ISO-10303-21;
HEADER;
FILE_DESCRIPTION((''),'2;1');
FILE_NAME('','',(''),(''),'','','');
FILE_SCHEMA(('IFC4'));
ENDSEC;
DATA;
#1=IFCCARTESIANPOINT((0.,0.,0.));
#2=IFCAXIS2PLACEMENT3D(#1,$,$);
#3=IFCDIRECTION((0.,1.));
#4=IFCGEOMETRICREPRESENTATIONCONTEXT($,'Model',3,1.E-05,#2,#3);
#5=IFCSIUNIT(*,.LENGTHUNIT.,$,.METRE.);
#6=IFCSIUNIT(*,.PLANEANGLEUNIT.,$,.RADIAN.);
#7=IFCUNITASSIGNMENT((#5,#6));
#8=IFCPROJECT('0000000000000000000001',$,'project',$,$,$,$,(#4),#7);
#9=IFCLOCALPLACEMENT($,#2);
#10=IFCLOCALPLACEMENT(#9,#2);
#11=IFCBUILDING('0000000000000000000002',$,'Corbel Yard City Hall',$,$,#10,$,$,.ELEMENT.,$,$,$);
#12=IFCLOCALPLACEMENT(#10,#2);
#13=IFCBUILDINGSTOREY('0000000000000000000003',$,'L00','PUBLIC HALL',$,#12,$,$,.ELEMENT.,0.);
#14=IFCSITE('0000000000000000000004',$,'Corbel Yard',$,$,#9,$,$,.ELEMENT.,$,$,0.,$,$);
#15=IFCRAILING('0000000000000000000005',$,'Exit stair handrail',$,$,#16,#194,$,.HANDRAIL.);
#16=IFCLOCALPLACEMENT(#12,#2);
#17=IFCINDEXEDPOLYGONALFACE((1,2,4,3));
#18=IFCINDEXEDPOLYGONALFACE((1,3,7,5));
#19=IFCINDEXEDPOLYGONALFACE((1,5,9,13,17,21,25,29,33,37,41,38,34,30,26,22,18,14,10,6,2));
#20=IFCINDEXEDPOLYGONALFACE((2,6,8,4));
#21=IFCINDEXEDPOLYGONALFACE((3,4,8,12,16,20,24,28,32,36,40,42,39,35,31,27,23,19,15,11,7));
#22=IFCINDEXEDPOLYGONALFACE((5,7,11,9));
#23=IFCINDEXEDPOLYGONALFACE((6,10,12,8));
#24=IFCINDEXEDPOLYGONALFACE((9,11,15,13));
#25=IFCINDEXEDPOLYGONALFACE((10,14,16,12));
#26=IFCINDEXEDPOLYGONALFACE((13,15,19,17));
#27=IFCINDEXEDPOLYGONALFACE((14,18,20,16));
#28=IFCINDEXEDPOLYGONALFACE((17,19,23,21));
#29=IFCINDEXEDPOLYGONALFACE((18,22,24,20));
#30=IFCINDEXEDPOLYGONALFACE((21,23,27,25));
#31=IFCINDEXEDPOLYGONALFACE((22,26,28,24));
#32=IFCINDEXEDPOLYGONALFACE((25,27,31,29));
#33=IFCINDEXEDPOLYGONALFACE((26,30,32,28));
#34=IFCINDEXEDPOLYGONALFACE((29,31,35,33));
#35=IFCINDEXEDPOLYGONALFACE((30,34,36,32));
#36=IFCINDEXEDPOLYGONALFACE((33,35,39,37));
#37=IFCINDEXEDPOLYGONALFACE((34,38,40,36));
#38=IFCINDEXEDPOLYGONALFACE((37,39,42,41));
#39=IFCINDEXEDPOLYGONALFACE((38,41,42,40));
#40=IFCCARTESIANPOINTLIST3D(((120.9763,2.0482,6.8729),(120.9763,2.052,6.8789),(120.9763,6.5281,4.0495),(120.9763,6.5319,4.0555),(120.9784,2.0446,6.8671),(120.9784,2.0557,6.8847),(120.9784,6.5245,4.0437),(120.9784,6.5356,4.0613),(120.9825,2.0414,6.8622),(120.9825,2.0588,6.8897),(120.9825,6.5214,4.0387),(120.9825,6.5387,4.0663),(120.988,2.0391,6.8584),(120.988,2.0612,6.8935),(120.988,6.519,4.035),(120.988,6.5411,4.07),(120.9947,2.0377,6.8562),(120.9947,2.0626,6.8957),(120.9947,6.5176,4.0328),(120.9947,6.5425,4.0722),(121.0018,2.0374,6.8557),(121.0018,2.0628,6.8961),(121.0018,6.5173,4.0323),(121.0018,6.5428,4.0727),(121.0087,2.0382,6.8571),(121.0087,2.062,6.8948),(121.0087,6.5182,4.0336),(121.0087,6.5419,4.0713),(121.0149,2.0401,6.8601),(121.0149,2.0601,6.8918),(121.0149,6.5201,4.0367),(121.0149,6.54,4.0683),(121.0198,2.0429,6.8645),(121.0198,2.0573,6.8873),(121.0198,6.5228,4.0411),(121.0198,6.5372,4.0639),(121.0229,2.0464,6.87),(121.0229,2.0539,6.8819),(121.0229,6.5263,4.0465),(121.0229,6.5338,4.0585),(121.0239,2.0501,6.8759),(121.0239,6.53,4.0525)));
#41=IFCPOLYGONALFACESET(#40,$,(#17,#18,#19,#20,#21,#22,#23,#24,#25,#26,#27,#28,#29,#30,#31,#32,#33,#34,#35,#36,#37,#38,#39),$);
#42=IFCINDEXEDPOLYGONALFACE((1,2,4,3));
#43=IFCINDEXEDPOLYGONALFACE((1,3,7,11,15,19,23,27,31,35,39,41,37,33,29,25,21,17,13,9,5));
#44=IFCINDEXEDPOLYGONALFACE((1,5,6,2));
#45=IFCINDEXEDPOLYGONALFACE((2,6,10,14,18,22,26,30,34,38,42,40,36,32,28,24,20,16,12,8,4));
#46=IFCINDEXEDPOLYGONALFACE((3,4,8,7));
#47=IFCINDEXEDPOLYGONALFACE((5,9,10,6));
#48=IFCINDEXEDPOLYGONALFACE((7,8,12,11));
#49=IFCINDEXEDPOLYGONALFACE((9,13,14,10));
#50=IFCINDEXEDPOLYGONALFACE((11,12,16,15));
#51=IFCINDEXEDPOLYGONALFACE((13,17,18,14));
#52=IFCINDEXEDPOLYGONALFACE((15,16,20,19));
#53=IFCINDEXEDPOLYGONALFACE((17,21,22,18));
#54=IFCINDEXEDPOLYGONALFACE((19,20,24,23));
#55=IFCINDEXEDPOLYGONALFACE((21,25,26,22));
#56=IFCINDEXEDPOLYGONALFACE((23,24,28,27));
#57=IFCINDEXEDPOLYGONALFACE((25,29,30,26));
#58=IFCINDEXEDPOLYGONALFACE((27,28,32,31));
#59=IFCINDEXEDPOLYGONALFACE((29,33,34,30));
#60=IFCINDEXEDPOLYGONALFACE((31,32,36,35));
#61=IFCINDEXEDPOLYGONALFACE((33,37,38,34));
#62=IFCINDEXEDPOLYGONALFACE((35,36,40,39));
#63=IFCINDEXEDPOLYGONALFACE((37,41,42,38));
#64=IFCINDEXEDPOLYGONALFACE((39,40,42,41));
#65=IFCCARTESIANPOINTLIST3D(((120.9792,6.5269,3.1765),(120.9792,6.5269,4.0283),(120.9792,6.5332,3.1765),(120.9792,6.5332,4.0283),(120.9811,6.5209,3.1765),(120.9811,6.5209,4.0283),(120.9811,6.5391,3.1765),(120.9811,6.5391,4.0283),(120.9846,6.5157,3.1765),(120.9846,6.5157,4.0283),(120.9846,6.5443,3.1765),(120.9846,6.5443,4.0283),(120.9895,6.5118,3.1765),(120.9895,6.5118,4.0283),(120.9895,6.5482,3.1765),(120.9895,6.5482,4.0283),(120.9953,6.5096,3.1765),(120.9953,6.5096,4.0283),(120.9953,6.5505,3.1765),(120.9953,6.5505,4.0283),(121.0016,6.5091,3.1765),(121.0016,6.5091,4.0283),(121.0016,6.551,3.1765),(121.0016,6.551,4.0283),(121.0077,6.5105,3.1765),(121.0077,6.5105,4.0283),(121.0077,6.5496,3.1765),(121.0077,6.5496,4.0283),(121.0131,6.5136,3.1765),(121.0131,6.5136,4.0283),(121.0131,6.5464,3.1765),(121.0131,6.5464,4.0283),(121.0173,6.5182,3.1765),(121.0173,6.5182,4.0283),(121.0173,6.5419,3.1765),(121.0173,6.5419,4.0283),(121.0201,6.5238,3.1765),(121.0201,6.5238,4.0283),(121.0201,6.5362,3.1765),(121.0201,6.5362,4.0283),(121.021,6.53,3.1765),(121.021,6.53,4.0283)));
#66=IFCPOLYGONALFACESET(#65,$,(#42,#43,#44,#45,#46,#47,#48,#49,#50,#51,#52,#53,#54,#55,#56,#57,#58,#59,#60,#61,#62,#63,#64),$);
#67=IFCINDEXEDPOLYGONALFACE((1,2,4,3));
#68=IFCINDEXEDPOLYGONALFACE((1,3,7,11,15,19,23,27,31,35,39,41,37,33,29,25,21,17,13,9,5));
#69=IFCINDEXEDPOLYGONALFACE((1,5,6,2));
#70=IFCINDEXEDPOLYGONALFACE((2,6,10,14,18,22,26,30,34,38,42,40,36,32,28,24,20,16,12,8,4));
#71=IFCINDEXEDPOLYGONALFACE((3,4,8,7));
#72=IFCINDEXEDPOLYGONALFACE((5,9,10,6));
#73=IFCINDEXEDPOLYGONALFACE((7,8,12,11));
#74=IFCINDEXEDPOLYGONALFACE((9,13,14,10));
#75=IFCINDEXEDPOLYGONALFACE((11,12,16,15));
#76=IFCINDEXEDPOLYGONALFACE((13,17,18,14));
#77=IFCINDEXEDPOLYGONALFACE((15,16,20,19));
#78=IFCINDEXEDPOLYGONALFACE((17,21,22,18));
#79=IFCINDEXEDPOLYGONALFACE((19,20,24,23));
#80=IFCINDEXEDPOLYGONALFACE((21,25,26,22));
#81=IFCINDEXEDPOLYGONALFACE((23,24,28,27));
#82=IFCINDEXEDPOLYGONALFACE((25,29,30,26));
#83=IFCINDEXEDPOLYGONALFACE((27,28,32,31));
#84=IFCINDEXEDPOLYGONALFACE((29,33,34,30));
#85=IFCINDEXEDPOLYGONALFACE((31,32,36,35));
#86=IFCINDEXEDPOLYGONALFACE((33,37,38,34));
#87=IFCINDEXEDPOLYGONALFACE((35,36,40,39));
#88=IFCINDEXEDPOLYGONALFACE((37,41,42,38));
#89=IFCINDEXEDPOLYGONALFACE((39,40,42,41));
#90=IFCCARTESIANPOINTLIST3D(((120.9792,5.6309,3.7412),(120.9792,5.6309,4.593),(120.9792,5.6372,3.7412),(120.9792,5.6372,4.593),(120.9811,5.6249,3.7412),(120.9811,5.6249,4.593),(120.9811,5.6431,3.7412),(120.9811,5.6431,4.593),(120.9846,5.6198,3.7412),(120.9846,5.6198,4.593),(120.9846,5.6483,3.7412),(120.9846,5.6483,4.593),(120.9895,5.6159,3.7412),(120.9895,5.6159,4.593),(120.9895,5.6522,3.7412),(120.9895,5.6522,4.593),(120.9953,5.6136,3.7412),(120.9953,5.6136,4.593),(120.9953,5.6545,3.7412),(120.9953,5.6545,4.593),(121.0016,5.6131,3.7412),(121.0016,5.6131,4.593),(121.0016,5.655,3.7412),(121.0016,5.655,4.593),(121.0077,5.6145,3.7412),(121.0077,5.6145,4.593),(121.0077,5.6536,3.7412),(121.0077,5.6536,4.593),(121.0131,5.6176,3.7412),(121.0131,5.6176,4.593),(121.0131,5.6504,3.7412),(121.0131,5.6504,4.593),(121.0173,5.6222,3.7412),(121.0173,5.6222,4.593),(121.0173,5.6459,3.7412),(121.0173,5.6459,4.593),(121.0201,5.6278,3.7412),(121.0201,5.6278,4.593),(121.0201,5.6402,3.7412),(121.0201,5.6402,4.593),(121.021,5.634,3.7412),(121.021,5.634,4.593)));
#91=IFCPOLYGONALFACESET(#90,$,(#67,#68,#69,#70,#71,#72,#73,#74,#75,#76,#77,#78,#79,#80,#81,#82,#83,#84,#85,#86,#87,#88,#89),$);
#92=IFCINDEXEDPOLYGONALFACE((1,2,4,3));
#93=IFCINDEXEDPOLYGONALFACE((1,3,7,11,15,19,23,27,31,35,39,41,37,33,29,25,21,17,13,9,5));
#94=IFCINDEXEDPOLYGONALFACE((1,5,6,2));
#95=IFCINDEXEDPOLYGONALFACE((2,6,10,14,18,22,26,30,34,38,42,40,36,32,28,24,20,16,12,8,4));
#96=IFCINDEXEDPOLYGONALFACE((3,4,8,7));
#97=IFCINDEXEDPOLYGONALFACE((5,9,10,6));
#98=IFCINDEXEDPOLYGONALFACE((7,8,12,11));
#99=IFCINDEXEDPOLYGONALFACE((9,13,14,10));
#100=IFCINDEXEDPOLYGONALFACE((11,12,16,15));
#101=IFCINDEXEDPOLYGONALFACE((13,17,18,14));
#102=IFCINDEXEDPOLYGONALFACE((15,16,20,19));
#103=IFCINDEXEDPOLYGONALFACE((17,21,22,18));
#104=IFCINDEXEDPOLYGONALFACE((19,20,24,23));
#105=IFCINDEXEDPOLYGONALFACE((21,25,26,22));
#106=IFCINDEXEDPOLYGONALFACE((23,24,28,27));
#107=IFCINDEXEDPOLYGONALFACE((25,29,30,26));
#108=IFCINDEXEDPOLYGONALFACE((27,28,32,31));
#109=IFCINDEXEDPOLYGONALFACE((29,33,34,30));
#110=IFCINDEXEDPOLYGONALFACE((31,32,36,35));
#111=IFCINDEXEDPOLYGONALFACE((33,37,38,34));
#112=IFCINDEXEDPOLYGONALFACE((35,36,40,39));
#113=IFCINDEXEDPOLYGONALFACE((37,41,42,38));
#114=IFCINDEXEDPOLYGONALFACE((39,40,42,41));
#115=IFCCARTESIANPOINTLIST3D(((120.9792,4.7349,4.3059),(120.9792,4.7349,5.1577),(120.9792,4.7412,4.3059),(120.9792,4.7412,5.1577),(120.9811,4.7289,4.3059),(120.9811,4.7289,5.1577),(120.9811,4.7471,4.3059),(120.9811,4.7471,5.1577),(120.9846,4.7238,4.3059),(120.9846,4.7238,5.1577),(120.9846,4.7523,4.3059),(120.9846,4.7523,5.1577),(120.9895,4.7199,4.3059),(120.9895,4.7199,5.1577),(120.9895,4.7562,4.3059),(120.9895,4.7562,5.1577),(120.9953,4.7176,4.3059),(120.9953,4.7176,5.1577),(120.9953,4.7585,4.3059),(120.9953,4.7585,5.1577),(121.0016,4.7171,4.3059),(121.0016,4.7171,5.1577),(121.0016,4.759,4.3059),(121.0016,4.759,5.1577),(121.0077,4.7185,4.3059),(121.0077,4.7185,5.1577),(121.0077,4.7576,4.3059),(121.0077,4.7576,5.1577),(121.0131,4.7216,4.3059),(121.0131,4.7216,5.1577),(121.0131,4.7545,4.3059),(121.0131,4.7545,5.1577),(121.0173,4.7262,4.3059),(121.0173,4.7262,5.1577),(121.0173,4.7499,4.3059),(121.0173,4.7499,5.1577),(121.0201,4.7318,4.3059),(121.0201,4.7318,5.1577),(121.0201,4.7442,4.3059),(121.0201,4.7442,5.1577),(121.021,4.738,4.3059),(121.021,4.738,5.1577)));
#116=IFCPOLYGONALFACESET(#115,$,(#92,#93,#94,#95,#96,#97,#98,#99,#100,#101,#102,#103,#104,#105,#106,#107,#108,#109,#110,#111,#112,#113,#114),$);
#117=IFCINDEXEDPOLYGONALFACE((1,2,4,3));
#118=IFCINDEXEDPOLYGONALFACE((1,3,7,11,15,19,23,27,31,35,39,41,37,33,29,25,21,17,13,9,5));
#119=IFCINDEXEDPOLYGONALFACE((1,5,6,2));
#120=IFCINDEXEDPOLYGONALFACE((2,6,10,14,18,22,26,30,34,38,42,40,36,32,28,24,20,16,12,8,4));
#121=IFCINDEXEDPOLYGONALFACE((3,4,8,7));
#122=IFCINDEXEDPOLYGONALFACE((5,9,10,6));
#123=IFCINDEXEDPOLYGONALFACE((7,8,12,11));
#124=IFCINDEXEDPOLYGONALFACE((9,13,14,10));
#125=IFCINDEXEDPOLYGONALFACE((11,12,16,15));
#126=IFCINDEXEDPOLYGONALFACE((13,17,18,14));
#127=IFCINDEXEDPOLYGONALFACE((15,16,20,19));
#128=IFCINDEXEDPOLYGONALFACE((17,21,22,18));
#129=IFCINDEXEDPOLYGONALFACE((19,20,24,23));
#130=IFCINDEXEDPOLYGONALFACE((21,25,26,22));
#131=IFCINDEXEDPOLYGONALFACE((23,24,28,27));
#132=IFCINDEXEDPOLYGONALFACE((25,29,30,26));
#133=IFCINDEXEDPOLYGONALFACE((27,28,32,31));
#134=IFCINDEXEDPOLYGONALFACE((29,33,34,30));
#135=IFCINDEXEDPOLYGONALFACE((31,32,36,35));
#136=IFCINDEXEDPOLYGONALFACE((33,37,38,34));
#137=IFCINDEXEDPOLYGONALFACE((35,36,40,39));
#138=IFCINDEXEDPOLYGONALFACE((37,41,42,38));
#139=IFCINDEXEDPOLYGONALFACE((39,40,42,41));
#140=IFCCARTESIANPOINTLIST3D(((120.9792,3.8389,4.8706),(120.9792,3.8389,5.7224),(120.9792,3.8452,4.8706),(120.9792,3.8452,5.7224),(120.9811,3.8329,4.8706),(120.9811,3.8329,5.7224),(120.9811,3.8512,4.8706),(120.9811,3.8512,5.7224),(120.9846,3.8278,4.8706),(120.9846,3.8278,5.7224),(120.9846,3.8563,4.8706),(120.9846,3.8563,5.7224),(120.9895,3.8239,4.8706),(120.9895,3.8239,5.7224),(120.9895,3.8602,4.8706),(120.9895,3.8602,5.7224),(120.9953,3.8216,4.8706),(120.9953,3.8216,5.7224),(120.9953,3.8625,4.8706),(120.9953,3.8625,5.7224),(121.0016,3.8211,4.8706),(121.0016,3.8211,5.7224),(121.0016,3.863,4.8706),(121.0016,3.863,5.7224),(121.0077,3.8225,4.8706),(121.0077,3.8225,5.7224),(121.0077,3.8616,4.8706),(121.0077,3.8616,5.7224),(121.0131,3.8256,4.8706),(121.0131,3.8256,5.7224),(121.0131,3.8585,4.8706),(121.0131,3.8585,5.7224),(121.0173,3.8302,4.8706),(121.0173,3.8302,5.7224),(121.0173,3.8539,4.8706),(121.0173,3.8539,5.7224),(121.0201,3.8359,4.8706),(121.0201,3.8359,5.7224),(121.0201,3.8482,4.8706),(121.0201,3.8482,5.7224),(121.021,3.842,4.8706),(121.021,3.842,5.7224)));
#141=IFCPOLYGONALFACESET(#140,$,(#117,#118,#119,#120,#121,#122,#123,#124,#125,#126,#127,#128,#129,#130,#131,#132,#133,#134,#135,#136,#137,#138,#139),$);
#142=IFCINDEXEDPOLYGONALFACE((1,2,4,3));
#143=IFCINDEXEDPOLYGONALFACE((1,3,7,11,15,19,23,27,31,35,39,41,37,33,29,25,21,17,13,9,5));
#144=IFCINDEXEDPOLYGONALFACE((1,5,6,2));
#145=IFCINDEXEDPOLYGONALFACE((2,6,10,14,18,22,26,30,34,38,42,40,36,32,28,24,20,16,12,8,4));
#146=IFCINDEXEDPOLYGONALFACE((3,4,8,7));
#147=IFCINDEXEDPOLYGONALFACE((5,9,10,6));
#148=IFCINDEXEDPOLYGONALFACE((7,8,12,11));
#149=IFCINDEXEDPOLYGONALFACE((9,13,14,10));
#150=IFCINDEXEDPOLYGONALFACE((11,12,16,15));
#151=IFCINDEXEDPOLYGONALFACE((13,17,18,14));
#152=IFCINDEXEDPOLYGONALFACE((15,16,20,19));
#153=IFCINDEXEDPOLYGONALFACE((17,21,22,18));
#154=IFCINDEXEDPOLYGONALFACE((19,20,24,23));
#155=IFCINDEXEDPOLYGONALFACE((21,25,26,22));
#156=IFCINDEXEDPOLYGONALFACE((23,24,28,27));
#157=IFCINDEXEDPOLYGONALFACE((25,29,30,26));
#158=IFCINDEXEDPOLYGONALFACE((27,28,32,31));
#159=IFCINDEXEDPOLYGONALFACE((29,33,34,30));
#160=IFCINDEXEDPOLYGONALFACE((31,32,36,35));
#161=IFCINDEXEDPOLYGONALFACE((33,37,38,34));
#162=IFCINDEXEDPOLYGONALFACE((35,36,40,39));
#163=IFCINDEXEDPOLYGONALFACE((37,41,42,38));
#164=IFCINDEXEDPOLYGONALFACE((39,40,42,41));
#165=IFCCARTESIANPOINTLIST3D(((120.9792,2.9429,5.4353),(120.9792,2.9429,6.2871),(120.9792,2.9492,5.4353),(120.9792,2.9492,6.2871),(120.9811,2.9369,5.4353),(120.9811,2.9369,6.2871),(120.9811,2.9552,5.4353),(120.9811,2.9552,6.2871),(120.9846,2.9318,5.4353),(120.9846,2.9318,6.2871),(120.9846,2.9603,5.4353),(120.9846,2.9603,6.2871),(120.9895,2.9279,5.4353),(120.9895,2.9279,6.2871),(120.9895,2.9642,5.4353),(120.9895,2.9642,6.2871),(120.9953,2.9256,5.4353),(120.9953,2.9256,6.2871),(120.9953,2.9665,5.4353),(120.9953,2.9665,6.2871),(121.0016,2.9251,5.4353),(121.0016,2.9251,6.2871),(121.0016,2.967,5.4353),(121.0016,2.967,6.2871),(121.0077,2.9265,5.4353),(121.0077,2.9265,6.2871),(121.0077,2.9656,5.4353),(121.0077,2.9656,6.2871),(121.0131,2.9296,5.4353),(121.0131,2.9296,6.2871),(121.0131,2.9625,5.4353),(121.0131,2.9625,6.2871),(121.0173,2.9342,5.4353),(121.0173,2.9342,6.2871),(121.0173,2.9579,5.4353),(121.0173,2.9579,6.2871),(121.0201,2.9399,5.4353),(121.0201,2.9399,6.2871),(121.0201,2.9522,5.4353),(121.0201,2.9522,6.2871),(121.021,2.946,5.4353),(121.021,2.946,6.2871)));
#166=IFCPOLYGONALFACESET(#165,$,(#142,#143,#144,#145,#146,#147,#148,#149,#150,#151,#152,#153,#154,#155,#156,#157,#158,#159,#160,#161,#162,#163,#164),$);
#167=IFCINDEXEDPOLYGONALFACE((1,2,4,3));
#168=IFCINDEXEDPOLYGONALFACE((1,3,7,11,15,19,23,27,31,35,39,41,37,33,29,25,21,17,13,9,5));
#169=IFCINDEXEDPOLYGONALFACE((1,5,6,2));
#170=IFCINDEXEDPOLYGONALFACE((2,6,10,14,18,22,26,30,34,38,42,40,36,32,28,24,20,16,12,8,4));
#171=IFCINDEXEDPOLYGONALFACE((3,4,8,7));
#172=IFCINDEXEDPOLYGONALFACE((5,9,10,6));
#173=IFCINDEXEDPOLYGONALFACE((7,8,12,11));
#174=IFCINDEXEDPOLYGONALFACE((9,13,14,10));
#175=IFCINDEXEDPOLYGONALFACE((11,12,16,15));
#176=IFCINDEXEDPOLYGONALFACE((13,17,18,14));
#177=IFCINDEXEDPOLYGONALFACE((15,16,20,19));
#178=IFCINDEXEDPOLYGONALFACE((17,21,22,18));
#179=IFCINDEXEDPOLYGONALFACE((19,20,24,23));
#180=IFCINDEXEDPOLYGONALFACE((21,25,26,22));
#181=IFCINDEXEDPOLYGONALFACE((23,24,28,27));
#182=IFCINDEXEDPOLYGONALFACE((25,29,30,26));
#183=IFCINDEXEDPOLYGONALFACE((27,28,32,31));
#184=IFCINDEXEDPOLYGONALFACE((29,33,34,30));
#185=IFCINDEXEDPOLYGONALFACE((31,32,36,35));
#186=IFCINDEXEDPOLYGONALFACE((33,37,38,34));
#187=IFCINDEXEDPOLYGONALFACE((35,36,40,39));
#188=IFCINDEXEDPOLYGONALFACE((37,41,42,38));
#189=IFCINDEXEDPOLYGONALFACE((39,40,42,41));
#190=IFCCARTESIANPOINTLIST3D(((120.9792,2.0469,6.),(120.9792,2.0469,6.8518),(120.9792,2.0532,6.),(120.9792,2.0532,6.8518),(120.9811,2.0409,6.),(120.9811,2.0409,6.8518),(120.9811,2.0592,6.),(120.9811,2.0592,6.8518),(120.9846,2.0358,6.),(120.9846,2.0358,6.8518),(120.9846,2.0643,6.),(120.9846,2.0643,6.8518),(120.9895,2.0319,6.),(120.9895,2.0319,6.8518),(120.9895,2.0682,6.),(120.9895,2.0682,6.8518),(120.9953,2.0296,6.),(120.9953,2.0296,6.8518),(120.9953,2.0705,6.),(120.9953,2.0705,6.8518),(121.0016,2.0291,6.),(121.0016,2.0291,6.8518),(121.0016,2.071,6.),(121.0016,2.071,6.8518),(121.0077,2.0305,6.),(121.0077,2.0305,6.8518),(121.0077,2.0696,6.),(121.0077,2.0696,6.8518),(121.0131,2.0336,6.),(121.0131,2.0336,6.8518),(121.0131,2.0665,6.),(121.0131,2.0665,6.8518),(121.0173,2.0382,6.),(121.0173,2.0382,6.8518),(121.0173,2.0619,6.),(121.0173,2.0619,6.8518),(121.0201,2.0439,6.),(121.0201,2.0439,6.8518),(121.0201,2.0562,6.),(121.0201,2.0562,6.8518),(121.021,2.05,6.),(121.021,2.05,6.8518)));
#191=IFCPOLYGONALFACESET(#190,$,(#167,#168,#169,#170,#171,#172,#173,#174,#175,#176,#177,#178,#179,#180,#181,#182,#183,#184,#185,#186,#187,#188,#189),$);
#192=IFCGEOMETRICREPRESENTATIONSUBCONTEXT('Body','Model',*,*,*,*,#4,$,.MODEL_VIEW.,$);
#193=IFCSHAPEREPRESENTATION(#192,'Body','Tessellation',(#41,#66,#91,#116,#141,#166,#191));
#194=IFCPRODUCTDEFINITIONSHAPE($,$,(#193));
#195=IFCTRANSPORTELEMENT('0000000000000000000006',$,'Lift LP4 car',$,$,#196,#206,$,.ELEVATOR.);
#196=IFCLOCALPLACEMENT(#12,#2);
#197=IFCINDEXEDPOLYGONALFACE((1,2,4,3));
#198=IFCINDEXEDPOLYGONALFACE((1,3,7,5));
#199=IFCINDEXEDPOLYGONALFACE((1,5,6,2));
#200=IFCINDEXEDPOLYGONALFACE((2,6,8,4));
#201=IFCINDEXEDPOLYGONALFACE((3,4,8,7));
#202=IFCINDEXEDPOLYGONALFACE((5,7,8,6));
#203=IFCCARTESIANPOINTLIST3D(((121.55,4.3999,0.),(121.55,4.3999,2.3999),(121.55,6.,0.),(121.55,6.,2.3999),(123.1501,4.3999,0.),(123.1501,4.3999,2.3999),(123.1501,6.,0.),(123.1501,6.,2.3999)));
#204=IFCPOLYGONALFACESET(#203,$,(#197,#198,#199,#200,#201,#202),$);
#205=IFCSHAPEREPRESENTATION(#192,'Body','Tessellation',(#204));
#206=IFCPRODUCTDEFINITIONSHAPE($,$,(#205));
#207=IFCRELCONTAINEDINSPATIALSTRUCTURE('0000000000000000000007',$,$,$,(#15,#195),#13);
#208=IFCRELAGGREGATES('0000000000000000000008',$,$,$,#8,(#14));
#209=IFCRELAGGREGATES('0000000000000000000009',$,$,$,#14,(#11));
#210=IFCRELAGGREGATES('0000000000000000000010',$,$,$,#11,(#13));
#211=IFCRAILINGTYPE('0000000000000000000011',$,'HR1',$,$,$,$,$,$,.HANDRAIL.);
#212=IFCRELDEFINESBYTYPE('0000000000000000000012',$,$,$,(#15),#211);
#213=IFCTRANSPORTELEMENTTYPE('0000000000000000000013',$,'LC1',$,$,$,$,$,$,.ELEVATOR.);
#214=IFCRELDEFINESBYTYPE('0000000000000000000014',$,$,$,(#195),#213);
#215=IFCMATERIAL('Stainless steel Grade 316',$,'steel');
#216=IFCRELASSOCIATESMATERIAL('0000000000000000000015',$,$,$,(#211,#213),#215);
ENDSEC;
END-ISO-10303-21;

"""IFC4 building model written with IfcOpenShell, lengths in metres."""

from ifc_helpers import new_model, si_unit, direction, frame, origin, origin_2d, place, context, subcontext, project, spatial, rectangle, circle, extrude, material, type_object, element, save


model = new_model("IFC4")

# Units and contexts
model_context = context("Model", 3, precision=1e-05, world=origin(), true_north=direction((0.0, 1.0)))
body_context = subcontext(model_context, "Body", "Model", "MODEL_VIEW")
ifc_project = project(units=[si_unit("LENGTHUNIT", "METRE"), si_unit("PLANEANGLEUNIT", "RADIAN")], contexts=[model_context])

# Site, building, storey
site_placement = place(None, origin())
site = spatial("IfcSite", under=ifc_project, at=site_placement, Name="Corbel Yard", CompositionType="ELEMENT", RefElevation=0.0)
building_placement = place(site_placement, origin())
building = spatial("IfcBuilding", under=site, at=building_placement, Name="Corbel Yard City Hall", CompositionType="ELEMENT")
storey_placement = place(building_placement, origin())
storey = spatial("IfcBuildingStorey", under=building, at=storey_placement, Name="L00", Description="PUBLIC HALL", CompositionType="ELEMENT", Elevation=0.0)

# Shared definitions
ifc_material_1 = material(Name="Stainless steel Grade 316", Category="steel")

# Railing
railing_type = type_object("IfcRailingType", Name="HR1", PredefinedType="HANDRAIL", material=ifc_material_1)
for number, where, name in (
    (1, (121.0, 6.53, 3.1765), "Exit stair handrail"),
):
    element("IfcRailing", number, at=place(storey_placement, frame(where)), inside=storey, type_object=railing_type, Name=name, PredefinedType="HANDRAIL", context=body_context, shape_type="SweptSolid", body=[
        extrude(circle(Radius=0.0239, at=origin_2d()), frame((0.0, 0.0, 0.876), z_axis=(0.0, -0.845998, 0.533186), x_axis=(1.0, 0.0, 0.0)), (0.0, 0.0, 1.0), 5.2954),
        extrude(circle(Radius=0.021, at=origin_2d()), origin(), (0.0, 0.0, 1.0), 0.8518),
        extrude(circle(Radius=0.021, at=origin_2d()), frame((0.0, -0.896, 0.5647)), (0.0, 0.0, 1.0), 0.8518),
        extrude(circle(Radius=0.021, at=origin_2d()), frame((0.0, -1.792, 1.1294)), (0.0, 0.0, 1.0), 0.8518),
        extrude(circle(Radius=0.021, at=origin_2d()), frame((0.0, -2.688, 1.6941)), (0.0, 0.0, 1.0), 0.8518),
        extrude(circle(Radius=0.021, at=origin_2d()), frame((0.0, -3.584, 2.2588)), (0.0, 0.0, 1.0), 0.8518),
        extrude(circle(Radius=0.021, at=origin_2d()), frame((0.0, -4.48, 2.8235)), (0.0, 0.0, 1.0), 0.8518),
    ])

# Transport element
transport_element_type = type_object("IfcTransportElementType", Name="LC1", PredefinedType="ELEVATOR", material=ifc_material_1)
transport_element_placement = place(storey_placement, frame((122.3501, 5.2, 0.0), z_axis=(0.0, 0.0, 1.0), x_axis=(1.0, 0.0, 0.0)))
element("IfcTransportElement", 2, at=transport_element_placement, inside=storey, type_object=transport_element_type, Name="Lift LP4 car", PredefinedType="ELEVATOR", context=body_context, shape_type="SweptSolid", body=[
    extrude(rectangle(XDim=1.6001, YDim=1.6001, at=origin_2d()), origin(), (0.0, 0.0, 1.0), 2.3999),
])

save(model, "model.ifc")
